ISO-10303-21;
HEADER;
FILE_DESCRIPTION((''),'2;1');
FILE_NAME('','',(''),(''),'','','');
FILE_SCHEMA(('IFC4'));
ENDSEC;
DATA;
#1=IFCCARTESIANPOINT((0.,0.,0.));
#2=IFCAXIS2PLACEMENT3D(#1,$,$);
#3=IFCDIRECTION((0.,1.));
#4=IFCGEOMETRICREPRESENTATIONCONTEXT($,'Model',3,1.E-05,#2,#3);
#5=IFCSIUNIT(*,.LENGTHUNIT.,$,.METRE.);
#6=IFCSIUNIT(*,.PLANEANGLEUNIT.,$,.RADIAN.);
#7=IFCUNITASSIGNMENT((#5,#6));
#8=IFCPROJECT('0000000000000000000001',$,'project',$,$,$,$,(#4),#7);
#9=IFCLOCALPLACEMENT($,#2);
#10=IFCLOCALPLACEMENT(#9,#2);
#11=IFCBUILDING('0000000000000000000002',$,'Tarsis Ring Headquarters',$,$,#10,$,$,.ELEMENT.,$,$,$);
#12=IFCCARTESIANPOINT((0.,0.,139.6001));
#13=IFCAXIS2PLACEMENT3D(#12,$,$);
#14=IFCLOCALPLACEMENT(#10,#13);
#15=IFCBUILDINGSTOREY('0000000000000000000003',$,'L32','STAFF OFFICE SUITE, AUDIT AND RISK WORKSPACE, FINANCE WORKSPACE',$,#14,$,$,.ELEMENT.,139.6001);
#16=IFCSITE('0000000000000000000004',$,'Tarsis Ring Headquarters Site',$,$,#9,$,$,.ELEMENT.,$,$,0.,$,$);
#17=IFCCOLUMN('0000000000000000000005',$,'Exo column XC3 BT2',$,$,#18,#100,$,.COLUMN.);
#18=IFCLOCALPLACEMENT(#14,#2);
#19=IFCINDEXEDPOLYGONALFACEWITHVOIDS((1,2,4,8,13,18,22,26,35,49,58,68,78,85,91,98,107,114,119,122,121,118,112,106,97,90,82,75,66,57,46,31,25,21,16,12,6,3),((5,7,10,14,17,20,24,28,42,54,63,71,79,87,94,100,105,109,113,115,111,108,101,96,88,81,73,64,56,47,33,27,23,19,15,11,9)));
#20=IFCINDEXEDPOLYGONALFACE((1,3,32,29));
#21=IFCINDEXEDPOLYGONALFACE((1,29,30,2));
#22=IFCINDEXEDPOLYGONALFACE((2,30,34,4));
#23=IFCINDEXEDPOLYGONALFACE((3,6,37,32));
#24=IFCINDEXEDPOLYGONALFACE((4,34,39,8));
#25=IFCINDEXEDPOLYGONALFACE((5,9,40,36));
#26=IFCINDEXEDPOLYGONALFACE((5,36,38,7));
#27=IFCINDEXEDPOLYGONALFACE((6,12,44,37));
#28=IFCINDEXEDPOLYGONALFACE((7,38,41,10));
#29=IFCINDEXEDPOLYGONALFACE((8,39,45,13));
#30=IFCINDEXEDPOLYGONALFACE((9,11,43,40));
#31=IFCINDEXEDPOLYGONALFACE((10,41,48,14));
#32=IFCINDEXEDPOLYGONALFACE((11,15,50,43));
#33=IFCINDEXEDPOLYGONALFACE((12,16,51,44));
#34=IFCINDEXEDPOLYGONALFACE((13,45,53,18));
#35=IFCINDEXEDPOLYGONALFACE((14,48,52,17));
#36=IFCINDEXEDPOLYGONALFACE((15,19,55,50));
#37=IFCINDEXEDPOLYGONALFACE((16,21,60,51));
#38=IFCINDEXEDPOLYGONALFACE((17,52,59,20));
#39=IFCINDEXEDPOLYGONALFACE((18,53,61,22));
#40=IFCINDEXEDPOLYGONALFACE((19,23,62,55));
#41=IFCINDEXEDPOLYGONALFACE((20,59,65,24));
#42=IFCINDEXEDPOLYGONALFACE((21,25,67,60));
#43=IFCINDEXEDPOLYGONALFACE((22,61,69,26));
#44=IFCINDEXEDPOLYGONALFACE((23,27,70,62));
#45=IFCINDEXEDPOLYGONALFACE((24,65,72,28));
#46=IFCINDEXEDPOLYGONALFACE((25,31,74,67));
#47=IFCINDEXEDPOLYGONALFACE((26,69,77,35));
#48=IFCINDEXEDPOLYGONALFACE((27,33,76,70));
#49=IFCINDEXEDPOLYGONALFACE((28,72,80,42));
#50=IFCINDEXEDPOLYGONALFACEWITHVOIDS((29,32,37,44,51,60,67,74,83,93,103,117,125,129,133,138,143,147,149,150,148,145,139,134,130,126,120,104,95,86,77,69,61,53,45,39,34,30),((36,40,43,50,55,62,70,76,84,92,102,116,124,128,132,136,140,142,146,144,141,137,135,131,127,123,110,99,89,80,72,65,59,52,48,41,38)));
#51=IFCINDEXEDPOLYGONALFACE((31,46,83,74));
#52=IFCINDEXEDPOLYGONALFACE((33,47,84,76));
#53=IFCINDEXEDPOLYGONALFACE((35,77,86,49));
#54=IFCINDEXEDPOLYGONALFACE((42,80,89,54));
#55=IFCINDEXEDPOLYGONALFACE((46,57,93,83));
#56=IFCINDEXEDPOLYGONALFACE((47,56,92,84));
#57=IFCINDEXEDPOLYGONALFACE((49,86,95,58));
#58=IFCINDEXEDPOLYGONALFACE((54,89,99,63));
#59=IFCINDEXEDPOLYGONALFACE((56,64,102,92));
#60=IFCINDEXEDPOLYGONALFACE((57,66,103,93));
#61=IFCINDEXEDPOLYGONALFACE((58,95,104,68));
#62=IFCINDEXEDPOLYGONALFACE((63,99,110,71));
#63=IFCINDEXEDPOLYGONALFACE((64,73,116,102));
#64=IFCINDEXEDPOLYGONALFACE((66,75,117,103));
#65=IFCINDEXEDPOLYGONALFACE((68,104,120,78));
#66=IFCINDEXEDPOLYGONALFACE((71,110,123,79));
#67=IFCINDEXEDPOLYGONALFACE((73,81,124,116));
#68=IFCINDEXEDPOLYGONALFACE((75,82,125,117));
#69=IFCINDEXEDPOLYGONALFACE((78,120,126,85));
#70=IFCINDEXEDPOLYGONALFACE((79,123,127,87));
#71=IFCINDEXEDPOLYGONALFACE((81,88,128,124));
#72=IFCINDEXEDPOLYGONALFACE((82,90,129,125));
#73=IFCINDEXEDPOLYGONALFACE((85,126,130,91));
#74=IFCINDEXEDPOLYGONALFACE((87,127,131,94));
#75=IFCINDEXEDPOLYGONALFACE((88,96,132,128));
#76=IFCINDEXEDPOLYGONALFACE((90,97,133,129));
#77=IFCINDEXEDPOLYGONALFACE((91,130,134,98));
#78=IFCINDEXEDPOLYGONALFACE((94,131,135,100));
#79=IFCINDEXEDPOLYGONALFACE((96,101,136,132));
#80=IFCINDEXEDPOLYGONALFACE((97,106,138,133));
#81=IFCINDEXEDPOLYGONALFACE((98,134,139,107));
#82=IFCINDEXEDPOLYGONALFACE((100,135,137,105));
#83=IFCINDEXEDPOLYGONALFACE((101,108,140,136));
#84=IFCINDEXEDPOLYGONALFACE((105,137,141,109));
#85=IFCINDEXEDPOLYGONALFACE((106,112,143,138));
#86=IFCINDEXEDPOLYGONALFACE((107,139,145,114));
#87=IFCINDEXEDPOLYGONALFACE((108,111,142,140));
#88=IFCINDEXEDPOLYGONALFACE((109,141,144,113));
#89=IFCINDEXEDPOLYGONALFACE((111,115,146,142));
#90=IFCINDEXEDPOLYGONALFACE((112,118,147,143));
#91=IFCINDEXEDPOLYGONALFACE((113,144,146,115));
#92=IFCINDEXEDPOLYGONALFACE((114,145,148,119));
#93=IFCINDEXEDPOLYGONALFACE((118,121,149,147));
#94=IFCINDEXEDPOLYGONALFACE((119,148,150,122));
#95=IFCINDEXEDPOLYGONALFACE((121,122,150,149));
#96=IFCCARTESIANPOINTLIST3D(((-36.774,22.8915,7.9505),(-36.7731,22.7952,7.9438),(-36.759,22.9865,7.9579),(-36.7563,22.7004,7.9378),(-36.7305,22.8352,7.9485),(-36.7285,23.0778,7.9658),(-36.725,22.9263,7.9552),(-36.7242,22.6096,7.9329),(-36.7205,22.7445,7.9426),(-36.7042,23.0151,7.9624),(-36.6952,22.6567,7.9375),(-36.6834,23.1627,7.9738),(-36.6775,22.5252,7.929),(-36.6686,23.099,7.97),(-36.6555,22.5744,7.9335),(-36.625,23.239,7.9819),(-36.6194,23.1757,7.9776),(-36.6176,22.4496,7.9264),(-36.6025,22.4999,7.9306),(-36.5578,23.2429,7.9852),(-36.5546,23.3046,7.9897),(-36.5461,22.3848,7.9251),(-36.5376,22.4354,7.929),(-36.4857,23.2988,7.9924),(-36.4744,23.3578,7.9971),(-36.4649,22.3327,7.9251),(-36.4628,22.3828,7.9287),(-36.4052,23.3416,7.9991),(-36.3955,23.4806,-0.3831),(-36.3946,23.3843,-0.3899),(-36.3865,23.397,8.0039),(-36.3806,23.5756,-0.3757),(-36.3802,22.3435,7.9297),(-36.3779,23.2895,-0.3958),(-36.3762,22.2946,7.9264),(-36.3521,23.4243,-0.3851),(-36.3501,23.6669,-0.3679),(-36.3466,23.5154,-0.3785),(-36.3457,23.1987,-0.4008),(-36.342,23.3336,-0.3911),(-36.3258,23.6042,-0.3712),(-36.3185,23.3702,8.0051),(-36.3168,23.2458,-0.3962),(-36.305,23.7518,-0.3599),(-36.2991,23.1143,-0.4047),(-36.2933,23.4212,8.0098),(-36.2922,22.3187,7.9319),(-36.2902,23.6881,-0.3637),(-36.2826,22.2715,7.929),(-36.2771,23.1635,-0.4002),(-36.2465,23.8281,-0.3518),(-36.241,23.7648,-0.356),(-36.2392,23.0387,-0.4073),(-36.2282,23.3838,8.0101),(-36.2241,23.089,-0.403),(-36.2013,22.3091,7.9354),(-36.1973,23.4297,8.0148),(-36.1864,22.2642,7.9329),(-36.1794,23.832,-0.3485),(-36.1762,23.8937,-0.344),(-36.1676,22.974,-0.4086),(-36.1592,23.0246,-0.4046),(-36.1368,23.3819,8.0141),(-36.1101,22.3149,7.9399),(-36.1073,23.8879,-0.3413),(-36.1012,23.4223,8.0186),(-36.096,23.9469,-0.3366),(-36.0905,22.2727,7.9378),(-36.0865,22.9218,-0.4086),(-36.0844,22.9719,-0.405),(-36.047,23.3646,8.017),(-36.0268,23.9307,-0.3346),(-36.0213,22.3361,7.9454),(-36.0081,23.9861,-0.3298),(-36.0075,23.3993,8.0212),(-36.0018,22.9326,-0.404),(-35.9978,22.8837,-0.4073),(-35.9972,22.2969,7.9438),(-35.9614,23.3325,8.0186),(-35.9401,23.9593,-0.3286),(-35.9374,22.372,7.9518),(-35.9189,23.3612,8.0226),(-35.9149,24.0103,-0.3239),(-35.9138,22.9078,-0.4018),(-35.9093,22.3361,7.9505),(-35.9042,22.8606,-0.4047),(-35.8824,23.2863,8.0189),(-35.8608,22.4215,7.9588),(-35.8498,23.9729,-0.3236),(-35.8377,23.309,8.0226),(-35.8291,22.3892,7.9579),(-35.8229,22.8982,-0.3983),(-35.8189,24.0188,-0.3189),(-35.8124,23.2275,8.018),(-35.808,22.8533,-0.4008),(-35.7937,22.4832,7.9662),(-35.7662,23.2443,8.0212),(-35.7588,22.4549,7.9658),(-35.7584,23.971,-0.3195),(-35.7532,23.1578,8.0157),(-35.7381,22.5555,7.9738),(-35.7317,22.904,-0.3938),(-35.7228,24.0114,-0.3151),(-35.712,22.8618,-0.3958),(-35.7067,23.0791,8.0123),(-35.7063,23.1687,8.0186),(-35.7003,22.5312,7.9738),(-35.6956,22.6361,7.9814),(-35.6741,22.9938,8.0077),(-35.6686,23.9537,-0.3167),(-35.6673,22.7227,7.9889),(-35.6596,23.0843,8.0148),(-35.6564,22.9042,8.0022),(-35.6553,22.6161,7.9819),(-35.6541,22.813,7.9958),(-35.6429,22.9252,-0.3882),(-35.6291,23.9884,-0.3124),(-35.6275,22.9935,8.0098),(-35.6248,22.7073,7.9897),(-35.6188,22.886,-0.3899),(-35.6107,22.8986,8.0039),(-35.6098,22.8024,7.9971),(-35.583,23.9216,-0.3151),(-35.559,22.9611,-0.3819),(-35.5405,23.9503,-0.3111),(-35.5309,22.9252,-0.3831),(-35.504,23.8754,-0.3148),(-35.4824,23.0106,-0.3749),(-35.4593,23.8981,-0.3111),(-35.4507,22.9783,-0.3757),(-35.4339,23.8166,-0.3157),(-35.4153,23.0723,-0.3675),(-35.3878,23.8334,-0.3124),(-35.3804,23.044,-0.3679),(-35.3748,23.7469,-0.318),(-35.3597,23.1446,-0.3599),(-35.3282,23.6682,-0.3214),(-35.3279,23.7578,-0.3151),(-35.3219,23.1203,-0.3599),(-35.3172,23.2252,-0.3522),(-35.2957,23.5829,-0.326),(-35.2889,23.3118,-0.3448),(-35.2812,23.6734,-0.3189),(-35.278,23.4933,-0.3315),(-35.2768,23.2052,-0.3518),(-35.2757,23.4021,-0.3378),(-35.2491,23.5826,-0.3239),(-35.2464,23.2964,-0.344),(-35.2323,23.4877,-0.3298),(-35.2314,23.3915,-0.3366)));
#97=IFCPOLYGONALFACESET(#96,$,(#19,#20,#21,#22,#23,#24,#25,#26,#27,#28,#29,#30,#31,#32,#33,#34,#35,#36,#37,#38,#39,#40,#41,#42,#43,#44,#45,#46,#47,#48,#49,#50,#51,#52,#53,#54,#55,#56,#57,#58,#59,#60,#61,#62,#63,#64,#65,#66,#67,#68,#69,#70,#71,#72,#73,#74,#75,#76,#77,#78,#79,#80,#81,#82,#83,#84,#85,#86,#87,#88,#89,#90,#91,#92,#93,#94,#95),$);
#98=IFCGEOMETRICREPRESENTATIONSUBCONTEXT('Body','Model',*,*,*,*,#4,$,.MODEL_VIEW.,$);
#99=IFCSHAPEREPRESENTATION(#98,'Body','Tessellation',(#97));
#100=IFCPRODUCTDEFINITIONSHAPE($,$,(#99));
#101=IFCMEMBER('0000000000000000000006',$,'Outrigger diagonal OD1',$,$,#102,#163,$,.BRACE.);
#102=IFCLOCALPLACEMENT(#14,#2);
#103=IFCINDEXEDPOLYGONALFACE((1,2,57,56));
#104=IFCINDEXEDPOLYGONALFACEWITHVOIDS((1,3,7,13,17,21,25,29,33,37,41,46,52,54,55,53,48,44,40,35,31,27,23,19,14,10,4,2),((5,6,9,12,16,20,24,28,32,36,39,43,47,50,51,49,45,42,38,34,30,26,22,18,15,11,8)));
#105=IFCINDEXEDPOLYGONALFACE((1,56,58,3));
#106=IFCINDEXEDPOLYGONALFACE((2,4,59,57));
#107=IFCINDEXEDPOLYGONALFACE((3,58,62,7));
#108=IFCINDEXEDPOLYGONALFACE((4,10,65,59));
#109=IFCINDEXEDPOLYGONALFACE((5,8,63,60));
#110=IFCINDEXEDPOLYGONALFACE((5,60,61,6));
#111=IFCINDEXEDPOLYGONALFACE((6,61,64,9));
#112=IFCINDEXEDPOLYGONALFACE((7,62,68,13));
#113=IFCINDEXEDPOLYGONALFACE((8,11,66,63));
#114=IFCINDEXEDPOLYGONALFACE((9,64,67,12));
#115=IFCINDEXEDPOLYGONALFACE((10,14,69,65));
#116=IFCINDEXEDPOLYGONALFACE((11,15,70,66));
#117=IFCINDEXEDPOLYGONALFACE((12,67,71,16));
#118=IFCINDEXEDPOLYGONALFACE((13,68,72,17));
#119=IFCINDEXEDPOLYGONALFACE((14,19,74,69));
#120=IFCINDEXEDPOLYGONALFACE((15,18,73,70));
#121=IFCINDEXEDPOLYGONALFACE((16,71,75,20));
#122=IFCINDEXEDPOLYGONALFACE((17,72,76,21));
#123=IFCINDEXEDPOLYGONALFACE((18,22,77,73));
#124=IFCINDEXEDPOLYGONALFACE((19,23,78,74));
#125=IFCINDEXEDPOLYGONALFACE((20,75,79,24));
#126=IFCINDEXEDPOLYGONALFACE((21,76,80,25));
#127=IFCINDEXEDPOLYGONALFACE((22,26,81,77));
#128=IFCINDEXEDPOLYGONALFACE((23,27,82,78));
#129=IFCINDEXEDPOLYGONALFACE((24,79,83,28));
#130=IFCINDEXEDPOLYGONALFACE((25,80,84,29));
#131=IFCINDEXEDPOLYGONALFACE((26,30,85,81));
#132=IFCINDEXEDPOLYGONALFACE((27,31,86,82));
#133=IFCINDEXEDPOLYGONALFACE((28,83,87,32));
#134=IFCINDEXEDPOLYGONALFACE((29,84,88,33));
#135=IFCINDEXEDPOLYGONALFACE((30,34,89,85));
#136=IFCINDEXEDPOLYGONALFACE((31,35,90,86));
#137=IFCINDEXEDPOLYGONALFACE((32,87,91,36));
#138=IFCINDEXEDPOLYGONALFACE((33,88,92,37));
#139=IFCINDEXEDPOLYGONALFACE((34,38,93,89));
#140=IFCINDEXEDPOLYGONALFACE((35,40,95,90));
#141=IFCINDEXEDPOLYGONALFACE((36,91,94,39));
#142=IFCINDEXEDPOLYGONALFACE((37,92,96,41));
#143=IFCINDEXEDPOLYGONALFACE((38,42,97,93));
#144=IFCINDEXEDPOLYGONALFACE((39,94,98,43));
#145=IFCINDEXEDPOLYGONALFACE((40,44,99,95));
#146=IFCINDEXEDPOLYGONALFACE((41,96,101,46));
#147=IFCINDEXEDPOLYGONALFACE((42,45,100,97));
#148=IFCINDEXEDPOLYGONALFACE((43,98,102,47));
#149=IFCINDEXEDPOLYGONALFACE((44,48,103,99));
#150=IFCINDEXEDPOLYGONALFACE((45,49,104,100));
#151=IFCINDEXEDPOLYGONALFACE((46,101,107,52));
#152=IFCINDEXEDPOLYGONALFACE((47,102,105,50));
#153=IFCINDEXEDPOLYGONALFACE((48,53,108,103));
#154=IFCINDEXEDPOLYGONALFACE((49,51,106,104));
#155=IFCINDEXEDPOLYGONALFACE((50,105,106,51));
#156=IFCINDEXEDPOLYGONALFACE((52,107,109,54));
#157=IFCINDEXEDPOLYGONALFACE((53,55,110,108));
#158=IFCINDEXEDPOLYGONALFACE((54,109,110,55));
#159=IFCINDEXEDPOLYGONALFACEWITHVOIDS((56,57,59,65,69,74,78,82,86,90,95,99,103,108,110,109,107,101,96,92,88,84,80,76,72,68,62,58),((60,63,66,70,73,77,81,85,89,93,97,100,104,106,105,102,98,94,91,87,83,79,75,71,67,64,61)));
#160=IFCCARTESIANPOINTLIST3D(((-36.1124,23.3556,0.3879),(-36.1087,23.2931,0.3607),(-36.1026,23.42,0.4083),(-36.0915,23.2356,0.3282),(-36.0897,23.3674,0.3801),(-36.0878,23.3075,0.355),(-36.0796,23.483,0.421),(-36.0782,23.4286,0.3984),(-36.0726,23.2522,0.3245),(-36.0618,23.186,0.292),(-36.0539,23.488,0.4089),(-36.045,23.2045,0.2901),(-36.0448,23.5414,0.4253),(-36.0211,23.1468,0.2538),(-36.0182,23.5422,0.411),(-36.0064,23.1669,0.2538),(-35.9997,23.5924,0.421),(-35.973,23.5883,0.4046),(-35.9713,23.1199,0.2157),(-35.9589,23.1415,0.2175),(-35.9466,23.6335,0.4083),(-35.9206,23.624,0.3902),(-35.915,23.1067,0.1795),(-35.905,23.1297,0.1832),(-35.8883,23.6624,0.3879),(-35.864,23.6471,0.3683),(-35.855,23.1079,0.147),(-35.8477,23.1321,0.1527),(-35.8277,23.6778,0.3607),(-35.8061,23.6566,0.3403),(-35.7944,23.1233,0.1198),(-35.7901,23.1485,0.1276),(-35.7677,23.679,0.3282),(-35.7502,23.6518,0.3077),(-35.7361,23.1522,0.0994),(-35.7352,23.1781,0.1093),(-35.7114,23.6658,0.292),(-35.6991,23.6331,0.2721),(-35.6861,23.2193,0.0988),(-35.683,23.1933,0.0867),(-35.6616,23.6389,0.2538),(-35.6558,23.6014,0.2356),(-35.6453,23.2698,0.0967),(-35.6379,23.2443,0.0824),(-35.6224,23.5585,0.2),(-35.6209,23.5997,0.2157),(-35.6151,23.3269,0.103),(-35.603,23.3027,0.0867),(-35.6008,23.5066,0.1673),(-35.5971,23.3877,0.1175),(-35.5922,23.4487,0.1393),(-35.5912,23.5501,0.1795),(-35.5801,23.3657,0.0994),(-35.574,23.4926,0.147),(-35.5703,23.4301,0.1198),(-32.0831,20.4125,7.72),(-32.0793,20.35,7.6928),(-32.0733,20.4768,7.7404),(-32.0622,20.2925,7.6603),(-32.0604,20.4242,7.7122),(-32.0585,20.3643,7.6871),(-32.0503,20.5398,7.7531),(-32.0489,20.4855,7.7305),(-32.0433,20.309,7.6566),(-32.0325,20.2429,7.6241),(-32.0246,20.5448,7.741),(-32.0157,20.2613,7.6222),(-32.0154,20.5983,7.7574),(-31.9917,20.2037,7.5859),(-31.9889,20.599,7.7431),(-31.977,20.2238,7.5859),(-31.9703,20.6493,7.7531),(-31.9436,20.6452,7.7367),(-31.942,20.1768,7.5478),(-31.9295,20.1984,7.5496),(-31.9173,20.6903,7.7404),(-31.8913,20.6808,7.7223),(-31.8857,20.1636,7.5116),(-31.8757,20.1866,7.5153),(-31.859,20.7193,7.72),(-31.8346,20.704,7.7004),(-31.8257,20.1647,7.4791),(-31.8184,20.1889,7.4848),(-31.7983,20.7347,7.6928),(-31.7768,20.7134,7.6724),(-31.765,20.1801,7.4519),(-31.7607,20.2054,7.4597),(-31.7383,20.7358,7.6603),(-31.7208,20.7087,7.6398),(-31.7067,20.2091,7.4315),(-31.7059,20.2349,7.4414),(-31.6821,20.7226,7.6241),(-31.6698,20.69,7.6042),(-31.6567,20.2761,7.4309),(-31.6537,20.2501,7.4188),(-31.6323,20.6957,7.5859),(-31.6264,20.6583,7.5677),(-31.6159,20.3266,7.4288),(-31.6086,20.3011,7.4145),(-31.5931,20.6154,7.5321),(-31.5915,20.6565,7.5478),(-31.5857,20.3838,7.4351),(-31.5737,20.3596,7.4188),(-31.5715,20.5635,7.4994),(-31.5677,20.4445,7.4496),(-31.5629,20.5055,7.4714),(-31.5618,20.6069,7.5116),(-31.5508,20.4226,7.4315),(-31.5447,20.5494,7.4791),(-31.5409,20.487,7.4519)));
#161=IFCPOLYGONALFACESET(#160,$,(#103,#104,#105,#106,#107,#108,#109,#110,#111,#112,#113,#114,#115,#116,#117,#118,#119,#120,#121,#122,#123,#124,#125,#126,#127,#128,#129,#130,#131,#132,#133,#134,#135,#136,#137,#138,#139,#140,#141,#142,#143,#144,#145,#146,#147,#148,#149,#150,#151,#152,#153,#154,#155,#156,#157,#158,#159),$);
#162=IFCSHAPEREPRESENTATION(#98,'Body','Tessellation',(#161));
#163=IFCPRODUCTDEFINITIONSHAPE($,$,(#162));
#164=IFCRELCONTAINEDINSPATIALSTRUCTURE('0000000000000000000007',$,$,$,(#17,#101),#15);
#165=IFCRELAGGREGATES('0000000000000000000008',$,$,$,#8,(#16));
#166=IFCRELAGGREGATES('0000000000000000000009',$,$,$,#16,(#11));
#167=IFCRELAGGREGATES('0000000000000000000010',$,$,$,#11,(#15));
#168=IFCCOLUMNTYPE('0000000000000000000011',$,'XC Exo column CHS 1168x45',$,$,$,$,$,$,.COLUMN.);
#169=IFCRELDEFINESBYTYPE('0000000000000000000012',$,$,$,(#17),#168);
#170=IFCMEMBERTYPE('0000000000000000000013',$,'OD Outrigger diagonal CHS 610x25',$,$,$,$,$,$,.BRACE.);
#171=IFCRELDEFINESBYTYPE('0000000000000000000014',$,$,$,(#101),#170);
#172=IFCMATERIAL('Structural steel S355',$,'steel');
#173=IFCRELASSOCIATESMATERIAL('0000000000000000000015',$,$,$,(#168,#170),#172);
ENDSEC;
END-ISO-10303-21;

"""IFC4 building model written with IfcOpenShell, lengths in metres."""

from ifc_helpers import new_model, si_unit, direction, frame, origin, origin_2d, place, context, subcontext, project, spatial, hollow_circle, extrude, material, material_profile, profile_set, type_object, element, save


model = new_model("IFC4")

# Units and contexts
model_context = context("Model", 3, precision=1e-05, world=origin(), true_north=direction((0.0, 1.0)))
body_context = subcontext(model_context, "Body", "Model", "MODEL_VIEW")
ifc_project = project(units=[si_unit("LENGTHUNIT", "METRE"), si_unit("PLANEANGLEUNIT", "RADIAN")], contexts=[model_context])

# Site, building, storey
site_placement = place(None, origin())
site = spatial("IfcSite", under=ifc_project, at=site_placement, Name="Tarsis Ring Headquarters Site", CompositionType="ELEMENT", RefElevation=0.0)
building_placement = place(site_placement, origin())
building = spatial("IfcBuilding", under=site, at=building_placement, Name="Tarsis Ring Headquarters", CompositionType="ELEMENT")
storey_placement = place(building_placement, frame((0.0, 0.0, 139.6001)))
storey = spatial("IfcBuildingStorey", under=building, at=storey_placement, Name="L32", Description="STAFF OFFICE SUITE, AUDIT AND RISK WORKSPACE, FINANCE WORKSPACE", CompositionType="ELEMENT", Elevation=139.6001)

# Column
ifc_material_1 = material(Name="Structural steel S355", Category="steel")
ifc_material_profile_1 = material_profile(ifc_material_1, hollow_circle(Radius=0.5842, WallThickness=0.0449, at=origin_2d()), Name="CHS 1168x45")
ifc_profile_set_1 = profile_set([ifc_material_profile_1], Name="Structural steel S355")
column_type = type_object("IfcColumnType", Name="XC Exo column CHS 1168x45", PredefinedType="COLUMN", material=ifc_profile_set_1)
column_placement = place(storey_placement, frame((-35.8135, 23.436, -0.3599), z_axis=(-0.045249, -0.070442, 0.996489), x_axis=(0.841371, -0.540458, 0.0)))
element("IfcColumn", 1, at=column_placement, inside=storey, type_object=column_type, Name="Exo column XC3 BT2", PredefinedType="COLUMN", context=body_context, shape_type="SweptSolid", body=[
    extrude(hollow_circle(Radius=0.5842, WallThickness=0.0449, at=origin_2d()), origin(), (0.0, 0.0, 1.0), 8.363),
])

# Member
ifc_material_profile_2 = material_profile(ifc_material_1, hollow_circle(Radius=0.3047, WallThickness=0.0249, at=origin_2d()), Name="CHS 610x25")
ifc_profile_set_2 = profile_set([ifc_material_profile_2], Name="Structural steel S355")
member_type_1 = type_object("IfcMemberType", Name="OD Outrigger diagonal CHS 610x25", PredefinedType="BRACE", material=ifc_profile_set_2)
member_1_placement = place(storey_placement, frame((-31.812, 20.4497, 7.5859), z_axis=(-0.454322, 0.33185, -0.826721), x_axis=(-0.589837, -0.807522, 0.0)))
element("IfcMember", 2, at=member_1_placement, inside=storey, type_object=member_type_1, Name="Outrigger diagonal OD1", PredefinedType="BRACE", context=body_context, shape_type="SweptSolid", body=[
    extrude(hollow_circle(Radius=0.3047, WallThickness=0.0249, at=origin_2d()), origin(), (0.0, 0.0, 1.0), 8.8689),
])

save(model, "model.ifc")
